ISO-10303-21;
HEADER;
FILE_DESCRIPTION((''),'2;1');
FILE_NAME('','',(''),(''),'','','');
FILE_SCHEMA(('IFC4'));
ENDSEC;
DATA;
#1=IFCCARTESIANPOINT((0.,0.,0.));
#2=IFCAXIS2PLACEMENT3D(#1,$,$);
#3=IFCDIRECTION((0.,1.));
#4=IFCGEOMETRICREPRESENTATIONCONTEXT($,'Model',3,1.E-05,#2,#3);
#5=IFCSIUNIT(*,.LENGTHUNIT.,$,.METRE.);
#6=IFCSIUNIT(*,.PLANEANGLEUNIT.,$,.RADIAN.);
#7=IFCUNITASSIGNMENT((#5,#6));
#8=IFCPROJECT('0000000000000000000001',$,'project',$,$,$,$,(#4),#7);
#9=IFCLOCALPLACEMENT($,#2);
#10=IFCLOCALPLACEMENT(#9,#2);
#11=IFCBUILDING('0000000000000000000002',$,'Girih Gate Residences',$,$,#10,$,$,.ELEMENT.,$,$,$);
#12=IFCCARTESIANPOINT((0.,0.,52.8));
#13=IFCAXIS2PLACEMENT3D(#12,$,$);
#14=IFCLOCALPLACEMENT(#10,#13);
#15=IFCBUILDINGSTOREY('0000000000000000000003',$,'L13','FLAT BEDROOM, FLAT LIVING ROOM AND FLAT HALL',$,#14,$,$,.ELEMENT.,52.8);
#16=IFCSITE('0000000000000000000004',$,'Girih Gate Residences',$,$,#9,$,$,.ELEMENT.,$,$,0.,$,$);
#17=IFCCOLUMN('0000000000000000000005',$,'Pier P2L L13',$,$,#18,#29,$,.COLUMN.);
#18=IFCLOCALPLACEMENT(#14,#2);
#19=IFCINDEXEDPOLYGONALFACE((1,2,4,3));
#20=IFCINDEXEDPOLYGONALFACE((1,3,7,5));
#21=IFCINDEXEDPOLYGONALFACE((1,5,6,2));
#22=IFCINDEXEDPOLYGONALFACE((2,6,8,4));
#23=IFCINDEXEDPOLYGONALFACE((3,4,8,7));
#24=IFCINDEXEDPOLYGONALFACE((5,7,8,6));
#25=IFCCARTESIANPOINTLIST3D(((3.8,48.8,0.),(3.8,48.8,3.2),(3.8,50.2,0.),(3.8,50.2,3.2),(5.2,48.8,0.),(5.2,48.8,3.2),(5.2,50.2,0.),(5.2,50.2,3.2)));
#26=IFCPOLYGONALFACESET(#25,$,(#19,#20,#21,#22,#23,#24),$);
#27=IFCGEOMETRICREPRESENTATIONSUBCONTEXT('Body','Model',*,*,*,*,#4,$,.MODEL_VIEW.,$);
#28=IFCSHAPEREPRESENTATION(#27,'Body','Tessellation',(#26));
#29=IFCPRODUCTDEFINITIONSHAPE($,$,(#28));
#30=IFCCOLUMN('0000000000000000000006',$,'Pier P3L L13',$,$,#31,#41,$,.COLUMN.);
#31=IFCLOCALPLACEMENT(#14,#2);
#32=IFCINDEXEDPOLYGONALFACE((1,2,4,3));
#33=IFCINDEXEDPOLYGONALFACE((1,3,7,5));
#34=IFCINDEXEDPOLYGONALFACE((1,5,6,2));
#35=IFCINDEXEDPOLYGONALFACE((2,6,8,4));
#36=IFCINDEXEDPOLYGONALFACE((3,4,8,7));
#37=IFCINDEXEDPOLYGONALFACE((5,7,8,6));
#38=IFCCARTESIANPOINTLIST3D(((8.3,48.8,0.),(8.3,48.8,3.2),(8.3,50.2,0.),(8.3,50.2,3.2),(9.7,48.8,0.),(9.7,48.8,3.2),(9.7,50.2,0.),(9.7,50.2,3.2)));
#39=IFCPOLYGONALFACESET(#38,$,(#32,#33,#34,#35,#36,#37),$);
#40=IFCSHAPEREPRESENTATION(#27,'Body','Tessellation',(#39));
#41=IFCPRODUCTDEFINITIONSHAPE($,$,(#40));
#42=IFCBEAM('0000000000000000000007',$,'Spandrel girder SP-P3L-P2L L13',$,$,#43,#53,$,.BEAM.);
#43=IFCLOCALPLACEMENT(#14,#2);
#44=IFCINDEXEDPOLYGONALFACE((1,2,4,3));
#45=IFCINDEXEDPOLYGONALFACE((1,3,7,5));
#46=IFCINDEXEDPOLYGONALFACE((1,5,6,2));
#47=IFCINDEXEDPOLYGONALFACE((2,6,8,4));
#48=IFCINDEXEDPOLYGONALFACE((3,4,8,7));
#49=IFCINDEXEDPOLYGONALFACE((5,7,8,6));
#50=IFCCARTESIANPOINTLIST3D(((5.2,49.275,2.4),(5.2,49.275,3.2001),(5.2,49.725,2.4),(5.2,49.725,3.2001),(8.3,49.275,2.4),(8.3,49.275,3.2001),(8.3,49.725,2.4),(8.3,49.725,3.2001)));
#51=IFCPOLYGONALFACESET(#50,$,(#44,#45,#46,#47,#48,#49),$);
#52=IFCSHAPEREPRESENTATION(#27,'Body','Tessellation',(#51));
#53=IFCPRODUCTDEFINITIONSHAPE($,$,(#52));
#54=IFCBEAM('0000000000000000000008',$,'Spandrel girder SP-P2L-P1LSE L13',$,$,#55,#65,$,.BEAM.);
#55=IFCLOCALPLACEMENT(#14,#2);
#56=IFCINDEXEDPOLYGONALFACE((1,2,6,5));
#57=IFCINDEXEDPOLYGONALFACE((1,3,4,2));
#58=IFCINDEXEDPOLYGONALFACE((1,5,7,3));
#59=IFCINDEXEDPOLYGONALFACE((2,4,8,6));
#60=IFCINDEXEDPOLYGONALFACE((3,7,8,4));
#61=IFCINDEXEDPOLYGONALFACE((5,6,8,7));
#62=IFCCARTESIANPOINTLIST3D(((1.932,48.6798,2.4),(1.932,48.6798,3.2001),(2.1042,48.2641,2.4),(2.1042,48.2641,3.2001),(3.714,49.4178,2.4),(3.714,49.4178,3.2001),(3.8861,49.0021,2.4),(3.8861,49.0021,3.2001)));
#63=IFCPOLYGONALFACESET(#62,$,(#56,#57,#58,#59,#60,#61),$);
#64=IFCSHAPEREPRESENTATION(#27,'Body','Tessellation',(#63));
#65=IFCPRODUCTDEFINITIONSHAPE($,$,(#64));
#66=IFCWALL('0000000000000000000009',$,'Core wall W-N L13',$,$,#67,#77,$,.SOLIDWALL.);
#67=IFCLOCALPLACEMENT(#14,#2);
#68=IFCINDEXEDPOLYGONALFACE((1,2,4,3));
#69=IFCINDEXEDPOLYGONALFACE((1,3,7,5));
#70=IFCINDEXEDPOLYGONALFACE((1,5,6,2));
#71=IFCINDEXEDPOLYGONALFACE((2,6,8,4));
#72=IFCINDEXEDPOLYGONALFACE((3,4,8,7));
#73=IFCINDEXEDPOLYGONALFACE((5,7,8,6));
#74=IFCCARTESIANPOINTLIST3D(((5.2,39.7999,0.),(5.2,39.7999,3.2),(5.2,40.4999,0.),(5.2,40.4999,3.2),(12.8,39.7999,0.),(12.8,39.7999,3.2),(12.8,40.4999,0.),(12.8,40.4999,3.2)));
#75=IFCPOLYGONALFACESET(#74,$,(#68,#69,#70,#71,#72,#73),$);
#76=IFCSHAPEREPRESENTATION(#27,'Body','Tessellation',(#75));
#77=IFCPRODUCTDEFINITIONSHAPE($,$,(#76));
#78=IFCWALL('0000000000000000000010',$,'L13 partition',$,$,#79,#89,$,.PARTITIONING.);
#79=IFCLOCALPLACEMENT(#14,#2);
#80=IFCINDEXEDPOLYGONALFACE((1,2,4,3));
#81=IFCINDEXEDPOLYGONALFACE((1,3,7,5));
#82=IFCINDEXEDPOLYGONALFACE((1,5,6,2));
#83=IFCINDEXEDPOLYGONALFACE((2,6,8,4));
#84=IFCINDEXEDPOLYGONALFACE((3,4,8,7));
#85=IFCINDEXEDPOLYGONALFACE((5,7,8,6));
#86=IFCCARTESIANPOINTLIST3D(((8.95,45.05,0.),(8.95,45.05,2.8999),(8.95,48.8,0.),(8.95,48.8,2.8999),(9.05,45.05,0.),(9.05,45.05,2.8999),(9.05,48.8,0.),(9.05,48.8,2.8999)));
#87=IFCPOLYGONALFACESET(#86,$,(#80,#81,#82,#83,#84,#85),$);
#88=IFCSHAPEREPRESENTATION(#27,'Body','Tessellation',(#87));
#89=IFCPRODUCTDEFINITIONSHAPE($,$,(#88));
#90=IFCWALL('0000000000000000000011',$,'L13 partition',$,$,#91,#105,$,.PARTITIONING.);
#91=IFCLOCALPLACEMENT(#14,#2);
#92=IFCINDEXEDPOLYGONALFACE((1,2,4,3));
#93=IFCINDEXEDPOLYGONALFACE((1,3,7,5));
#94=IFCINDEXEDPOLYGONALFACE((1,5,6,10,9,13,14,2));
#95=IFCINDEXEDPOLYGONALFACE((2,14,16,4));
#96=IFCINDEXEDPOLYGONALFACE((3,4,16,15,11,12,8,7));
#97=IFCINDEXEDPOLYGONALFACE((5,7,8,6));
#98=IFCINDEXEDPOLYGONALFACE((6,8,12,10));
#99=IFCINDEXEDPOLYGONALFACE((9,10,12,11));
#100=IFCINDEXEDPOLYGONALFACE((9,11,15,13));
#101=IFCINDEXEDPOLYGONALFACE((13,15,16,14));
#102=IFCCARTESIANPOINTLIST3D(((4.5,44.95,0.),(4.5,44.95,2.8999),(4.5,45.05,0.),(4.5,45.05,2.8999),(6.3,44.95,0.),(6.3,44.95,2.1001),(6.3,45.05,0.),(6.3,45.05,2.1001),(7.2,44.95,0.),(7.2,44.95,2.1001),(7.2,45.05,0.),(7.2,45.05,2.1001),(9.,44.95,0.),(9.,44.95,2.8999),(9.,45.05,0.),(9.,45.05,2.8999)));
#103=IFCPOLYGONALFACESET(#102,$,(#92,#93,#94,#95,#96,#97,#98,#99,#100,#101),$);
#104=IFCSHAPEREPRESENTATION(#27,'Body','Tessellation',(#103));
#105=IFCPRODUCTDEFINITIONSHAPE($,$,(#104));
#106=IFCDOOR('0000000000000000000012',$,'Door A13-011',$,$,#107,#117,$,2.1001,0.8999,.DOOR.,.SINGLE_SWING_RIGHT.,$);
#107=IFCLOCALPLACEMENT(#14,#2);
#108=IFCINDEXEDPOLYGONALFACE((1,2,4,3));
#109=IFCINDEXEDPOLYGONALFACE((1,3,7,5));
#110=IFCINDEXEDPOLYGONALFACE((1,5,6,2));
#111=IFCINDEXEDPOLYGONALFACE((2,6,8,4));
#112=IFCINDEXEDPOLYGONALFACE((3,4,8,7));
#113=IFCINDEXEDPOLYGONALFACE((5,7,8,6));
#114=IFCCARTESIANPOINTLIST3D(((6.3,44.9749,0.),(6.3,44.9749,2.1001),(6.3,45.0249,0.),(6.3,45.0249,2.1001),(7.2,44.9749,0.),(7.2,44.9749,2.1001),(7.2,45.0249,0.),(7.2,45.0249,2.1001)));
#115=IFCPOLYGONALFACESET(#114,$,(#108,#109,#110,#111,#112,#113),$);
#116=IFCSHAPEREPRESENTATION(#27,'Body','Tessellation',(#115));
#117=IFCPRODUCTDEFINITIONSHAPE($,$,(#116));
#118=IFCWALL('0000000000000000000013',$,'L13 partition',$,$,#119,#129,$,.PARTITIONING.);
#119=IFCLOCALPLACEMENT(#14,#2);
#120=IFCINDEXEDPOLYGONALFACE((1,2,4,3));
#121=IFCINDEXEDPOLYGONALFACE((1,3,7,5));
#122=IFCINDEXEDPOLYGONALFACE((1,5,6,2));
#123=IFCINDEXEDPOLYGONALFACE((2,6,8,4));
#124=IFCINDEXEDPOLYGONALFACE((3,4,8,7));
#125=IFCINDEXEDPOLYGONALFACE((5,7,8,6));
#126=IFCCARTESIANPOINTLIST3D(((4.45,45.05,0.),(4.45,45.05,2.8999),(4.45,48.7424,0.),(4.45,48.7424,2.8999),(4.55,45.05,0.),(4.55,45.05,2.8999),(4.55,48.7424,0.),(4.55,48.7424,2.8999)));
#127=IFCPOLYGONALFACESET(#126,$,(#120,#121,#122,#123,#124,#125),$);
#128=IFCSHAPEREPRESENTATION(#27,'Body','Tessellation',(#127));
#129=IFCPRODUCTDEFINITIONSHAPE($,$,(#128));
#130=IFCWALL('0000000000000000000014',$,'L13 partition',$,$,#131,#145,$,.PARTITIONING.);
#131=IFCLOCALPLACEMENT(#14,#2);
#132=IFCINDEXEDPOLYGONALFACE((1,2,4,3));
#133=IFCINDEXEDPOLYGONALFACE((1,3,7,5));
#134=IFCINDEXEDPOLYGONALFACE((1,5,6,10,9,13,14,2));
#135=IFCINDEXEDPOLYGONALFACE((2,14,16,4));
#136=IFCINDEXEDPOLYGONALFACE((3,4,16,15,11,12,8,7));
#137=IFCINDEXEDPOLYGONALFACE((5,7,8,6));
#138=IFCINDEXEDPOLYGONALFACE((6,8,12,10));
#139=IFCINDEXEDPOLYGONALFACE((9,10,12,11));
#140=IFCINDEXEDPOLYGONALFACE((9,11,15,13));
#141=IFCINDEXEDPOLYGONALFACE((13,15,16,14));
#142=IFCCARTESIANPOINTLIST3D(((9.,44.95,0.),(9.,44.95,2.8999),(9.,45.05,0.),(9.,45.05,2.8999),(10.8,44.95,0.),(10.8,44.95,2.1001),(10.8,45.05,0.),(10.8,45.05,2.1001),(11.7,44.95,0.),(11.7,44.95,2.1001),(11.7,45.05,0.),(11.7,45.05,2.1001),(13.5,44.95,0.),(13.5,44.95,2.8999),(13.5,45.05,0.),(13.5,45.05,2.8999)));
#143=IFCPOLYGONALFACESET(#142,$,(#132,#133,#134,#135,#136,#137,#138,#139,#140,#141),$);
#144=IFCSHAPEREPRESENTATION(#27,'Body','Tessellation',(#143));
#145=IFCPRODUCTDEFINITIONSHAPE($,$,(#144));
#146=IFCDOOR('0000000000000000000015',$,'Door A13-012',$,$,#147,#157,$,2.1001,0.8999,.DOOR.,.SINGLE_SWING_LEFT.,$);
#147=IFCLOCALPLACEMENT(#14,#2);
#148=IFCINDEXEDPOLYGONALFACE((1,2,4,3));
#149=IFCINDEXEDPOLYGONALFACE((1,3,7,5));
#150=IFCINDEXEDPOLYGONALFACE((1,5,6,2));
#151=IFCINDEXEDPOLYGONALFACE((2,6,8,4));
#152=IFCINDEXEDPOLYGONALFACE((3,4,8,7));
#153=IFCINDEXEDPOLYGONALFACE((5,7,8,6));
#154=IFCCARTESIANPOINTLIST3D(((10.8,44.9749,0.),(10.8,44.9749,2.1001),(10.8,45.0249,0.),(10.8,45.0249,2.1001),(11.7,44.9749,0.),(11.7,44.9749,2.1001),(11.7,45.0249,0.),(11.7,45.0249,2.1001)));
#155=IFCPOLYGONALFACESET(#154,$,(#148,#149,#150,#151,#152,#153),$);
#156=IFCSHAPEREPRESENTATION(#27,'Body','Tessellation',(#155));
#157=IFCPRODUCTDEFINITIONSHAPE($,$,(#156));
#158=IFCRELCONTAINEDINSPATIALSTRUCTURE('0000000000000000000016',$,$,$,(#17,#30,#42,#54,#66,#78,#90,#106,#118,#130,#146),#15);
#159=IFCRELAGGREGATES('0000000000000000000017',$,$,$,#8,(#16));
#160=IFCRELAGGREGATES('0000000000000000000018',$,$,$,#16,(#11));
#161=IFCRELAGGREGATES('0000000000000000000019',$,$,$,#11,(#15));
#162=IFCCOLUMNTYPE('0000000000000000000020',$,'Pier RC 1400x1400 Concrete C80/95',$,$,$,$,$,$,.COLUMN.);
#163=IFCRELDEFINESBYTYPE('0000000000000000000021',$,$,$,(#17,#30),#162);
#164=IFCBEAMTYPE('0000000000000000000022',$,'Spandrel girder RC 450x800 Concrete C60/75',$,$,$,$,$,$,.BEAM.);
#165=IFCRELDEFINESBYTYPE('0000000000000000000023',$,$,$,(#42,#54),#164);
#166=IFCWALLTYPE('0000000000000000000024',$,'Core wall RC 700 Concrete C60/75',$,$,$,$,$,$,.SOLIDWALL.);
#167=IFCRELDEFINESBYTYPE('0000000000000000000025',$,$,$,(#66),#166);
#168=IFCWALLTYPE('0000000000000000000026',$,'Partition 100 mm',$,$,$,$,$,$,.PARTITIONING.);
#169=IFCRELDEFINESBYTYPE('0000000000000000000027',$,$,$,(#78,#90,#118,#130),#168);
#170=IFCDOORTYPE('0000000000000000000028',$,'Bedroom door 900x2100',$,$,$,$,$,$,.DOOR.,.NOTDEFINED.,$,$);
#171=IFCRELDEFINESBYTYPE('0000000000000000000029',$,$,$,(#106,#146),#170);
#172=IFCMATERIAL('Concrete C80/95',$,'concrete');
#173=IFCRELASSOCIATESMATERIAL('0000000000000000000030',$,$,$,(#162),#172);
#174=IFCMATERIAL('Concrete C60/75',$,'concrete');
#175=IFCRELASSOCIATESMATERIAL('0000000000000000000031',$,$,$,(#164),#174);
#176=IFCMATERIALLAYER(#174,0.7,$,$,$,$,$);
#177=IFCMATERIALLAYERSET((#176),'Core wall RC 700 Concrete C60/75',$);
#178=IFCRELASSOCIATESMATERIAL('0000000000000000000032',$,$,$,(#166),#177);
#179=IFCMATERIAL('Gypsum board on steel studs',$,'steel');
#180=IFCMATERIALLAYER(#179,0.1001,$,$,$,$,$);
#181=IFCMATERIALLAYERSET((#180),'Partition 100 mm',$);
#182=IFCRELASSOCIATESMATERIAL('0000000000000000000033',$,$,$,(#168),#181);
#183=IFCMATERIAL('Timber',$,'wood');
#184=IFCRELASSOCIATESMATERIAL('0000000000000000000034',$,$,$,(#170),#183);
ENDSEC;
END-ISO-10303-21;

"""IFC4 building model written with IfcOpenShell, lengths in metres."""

from ifc_helpers import new_model, si_unit, direction, frame, frame_2d, origin, origin_2d, place, context, subcontext, project, spatial, rectangle, extrude, material, layer, layer_set, material_profile, profile_set, type_object, element, fill, save


model = new_model("IFC4")

# Units and contexts
model_context = context("Model", 3, precision=1e-05, world=origin(), true_north=direction((0.0, 1.0)))
body_context = subcontext(model_context, "Body", "Model", "MODEL_VIEW")
ifc_project = project(units=[si_unit("LENGTHUNIT", "METRE"), si_unit("PLANEANGLEUNIT", "RADIAN")], contexts=[model_context])

# Site, building, storey
site_placement = place(None, origin())
site = spatial("IfcSite", under=ifc_project, at=site_placement, Name="Girih Gate Residences", CompositionType="ELEMENT", RefElevation=0.0)
building_placement = place(site_placement, origin())
building = spatial("IfcBuilding", under=site, at=building_placement, Name="Girih Gate Residences", CompositionType="ELEMENT")
storey_placement = place(building_placement, frame((0.0, 0.0, 52.8)))
storey = spatial("IfcBuildingStorey", under=building, at=storey_placement, Name="L13", Description="FLAT BEDROOM, FLAT LIVING ROOM AND FLAT HALL", CompositionType="ELEMENT", Elevation=52.8)

# Columns
ifc_material_1 = material(Name="Concrete C80/95", Category="concrete")
ifc_material_profile_1 = material_profile(ifc_material_1, rectangle(XDim=1.3999, YDim=1.3999, at=origin_2d()))
ifc_profile_set_1 = profile_set([ifc_material_profile_1], Name="Concrete C80/95")
column_type = type_object("IfcColumnType", Name="Pier RC 1400x1400 Concrete C80/95", PredefinedType="COLUMN", material=ifc_profile_set_1)
for number, where, z_axis, x_axis, name in (
    (1, (4.5, 49.5, 0.0), (0.0, 0.0, 1.0), (1.0, 0.0, 0.0), "Pier P2L L13"),
    (2, (9.0, 49.5, 0.0), (0.0, 0.0, 1.0), (1.0, 0.0, 0.0), "Pier P3L L13"),
):
    element("IfcColumn", number, at=place(storey_placement, frame(where, z_axis=z_axis, x_axis=x_axis)), inside=storey, type_object=column_type, Name=name, PredefinedType="COLUMN", context=body_context, shape_type="SweptSolid", body=[
        extrude(rectangle(XDim=1.3999, YDim=1.3999, at=origin_2d()), origin(), (0.0, 0.0, 1.0), 3.2),
    ])

# Beams
ifc_material_2 = material(Name="Concrete C60/75", Category="concrete")
ifc_material_profile_2 = material_profile(ifc_material_2, rectangle(XDim=0.45, YDim=0.8, at=origin_2d()))
ifc_profile_set_2 = profile_set([ifc_material_profile_2], Name="Concrete C60/75")
beam_type = type_object("IfcBeamType", Name="Spandrel girder RC 450x800 Concrete C60/75", PredefinedType="BEAM", material=ifc_profile_set_2)
beam_1_placement = place(storey_placement, frame((8.3, 49.5, 2.8), z_axis=(-1.0, 0.0, 0.0), x_axis=(0.0, -1.0, 0.0)))
element("IfcBeam", 3, at=beam_1_placement, inside=storey, type_object=beam_type, Name="Spandrel girder SP-P3L-P2L L13", PredefinedType="BEAM", context=body_context, shape_type="SweptSolid", body=[
    extrude(rectangle(XDim=0.45, YDim=0.8, at=origin_2d()), origin(), (0.0, 0.0, 1.0), 3.1001),
])
beam_2_placement = place(storey_placement, frame((3.8, 49.21, 2.8), z_axis=(-0.923895, -0.382646, 0.0), x_axis=(0.382646, -0.923895, 0.0)))
element("IfcBeam", 4, at=beam_2_placement, inside=storey, type_object=beam_type, Name="Spandrel girder SP-P2L-P1LSE L13", PredefinedType="BEAM", context=body_context, shape_type="SweptSolid", body=[
    extrude(rectangle(XDim=0.45, YDim=0.8, at=origin_2d()), origin(), (0.0, 0.0, 1.0), 1.9287),
])

# Walls
ifc_layer_1 = layer(ifc_material_2, 0.7)
ifc_layer_set_1 = layer_set([ifc_layer_1], Name="Core wall RC 700 Concrete C60/75")
wall_type_1 = type_object("IfcWallType", Name="Core wall RC 700 Concrete C60/75", PredefinedType="SOLIDWALL", material=ifc_layer_set_1)
wall_1_placement = place(storey_placement, frame((5.2, 40.1499, 0.0), z_axis=(0.0, 0.0, 1.0), x_axis=(1.0, 0.0, 0.0)))
element("IfcWall", 5, at=wall_1_placement, inside=storey, type_object=wall_type_1, Name="Core wall W-N L13", PredefinedType="SOLIDWALL", context=body_context, shape_type="SweptSolid", body=[
    extrude(rectangle(XDim=7.6001, YDim=0.7, at=frame_2d((3.8, 0.0))), origin(), (0.0, 0.0, 1.0), 3.2),
])
ifc_material_3 = material(Name="Gypsum board on steel studs", Category="steel")
ifc_layer_2 = layer(ifc_material_3, 0.1001)
ifc_layer_set_2 = layer_set([ifc_layer_2], Name="Partition 100 mm")
wall_type_2 = type_object("IfcWallType", Name="Partition 100 mm", PredefinedType="PARTITIONING", material=ifc_layer_set_2)
wall_2_placement = place(storey_placement, frame((9.0, 45.05, 0.0), z_axis=(0.0, 0.0, 1.0), x_axis=(0.0, 1.0, 0.0)))
element("IfcWall", 6, at=wall_2_placement, inside=storey, type_object=wall_type_2, Name="L13 partition", PredefinedType="PARTITIONING", context=body_context, shape_type="SweptSolid", body=[
    extrude(rectangle(XDim=3.75, YDim=0.1001, at=frame_2d((1.875, 0.0))), origin(), (0.0, 0.0, 1.0), 2.8999),
])

# Wall, opening, door
wall_3_placement = place(storey_placement, frame((4.5, 45.0, 0.0), z_axis=(0.0, 0.0, 1.0), x_axis=(1.0, 0.0, 0.0)))
wall_3 = element("IfcWall", 7, at=wall_3_placement, inside=storey, type_object=wall_type_2, Name="L13 partition", PredefinedType="PARTITIONING", context=body_context, shape_type="SweptSolid", body=[
    extrude(rectangle(XDim=4.5, YDim=0.1001, at=frame_2d((2.25, 0.0))), origin(), (0.0, 0.0, 1.0), 2.8999),
])
opening_1_placement = place(wall_3_placement, frame((1.8, 0.0, 0.0)))
opening_1 = element("IfcOpeningElement", 8, at=opening_1_placement, cuts=wall_3, PredefinedType="OPENING", context=body_context, shape_type="SweptSolid", body=[
    extrude(rectangle(XDim=0.8999, YDim=2.1001, at=frame_2d((0.45, 1.05))), frame((0.0, 0.0601, 0.0), z_axis=(0.0, -1.0, 0.0), x_axis=(1.0, 0.0, 0.0)), (0.0, 0.0, 1.0), 0.1201),
])
ifc_material_4 = material(Name="Timber", Category="wood")
door_type = type_object("IfcDoorType", Name="Bedroom door 900x2100", OperationType="NOTDEFINED", PredefinedType="DOOR", material=ifc_material_4)
door_1_placement = place(opening_1_placement, origin())
door_1 = element("IfcDoor", 9, at=door_1_placement, inside=storey, type_object=door_type, Name="Door A13-011", OperationType="SINGLE_SWING_RIGHT", OverallHeight=2.1001, OverallWidth=0.8999, PredefinedType="DOOR", context=body_context, shape_type="SweptSolid", body=[
    extrude(rectangle(XDim=0.8999, YDim=2.1001, at=frame_2d((0.45, 1.05))), frame((0.0, 0.0249, 0.0), z_axis=(0.0, -1.0, 0.0), x_axis=(1.0, 0.0, 0.0)), (0.0, 0.0, 1.0), 0.05),
])
fill(opening_1, door_1)

# Wall
wall_4_placement = place(storey_placement, frame((4.5, 45.05, 0.0), z_axis=(0.0, 0.0, 1.0), x_axis=(0.0, 1.0, 0.0)))
element("IfcWall", 10, at=wall_4_placement, inside=storey, type_object=wall_type_2, Name="L13 partition", PredefinedType="PARTITIONING", context=body_context, shape_type="SweptSolid", body=[
    extrude(rectangle(XDim=3.6924, YDim=0.1001, at=frame_2d((1.8462, 0.0))), origin(), (0.0, 0.0, 1.0), 2.8999),
])

# Wall, opening, door
wall_5_placement = place(storey_placement, frame((9.0, 45.0, 0.0), z_axis=(0.0, 0.0, 1.0), x_axis=(1.0, 0.0, 0.0)))
wall_5 = element("IfcWall", 11, at=wall_5_placement, inside=storey, type_object=wall_type_2, Name="L13 partition", PredefinedType="PARTITIONING", context=body_context, shape_type="SweptSolid", body=[
    extrude(rectangle(XDim=4.5, YDim=0.1001, at=frame_2d((2.25, 0.0))), origin(), (0.0, 0.0, 1.0), 2.8999),
])
opening_2_placement = place(wall_5_placement, frame((1.8, 0.0, 0.0)))
opening_2 = element("IfcOpeningElement", 12, at=opening_2_placement, cuts=wall_5, PredefinedType="OPENING", context=body_context, shape_type="SweptSolid", body=[
    extrude(rectangle(XDim=0.8999, YDim=2.1001, at=frame_2d((0.45, 1.05))), frame((0.0, 0.0601, 0.0), z_axis=(0.0, -1.0, 0.0), x_axis=(1.0, 0.0, 0.0)), (0.0, 0.0, 1.0), 0.1201),
])
door_2_placement = place(opening_2_placement, origin())
door_2 = element("IfcDoor", 13, at=door_2_placement, inside=storey, type_object=door_type, Name="Door A13-012", OperationType="SINGLE_SWING_LEFT", OverallHeight=2.1001, OverallWidth=0.8999, PredefinedType="DOOR", context=body_context, shape_type="SweptSolid", body=[
    extrude(rectangle(XDim=0.8999, YDim=2.1001, at=frame_2d((0.45, 1.05))), frame((0.0, 0.0249, 0.0), z_axis=(0.0, -1.0, 0.0), x_axis=(1.0, 0.0, 0.0)), (0.0, 0.0, 1.0), 0.05),
])
fill(opening_2, door_2)

save(model, "model.ifc")
